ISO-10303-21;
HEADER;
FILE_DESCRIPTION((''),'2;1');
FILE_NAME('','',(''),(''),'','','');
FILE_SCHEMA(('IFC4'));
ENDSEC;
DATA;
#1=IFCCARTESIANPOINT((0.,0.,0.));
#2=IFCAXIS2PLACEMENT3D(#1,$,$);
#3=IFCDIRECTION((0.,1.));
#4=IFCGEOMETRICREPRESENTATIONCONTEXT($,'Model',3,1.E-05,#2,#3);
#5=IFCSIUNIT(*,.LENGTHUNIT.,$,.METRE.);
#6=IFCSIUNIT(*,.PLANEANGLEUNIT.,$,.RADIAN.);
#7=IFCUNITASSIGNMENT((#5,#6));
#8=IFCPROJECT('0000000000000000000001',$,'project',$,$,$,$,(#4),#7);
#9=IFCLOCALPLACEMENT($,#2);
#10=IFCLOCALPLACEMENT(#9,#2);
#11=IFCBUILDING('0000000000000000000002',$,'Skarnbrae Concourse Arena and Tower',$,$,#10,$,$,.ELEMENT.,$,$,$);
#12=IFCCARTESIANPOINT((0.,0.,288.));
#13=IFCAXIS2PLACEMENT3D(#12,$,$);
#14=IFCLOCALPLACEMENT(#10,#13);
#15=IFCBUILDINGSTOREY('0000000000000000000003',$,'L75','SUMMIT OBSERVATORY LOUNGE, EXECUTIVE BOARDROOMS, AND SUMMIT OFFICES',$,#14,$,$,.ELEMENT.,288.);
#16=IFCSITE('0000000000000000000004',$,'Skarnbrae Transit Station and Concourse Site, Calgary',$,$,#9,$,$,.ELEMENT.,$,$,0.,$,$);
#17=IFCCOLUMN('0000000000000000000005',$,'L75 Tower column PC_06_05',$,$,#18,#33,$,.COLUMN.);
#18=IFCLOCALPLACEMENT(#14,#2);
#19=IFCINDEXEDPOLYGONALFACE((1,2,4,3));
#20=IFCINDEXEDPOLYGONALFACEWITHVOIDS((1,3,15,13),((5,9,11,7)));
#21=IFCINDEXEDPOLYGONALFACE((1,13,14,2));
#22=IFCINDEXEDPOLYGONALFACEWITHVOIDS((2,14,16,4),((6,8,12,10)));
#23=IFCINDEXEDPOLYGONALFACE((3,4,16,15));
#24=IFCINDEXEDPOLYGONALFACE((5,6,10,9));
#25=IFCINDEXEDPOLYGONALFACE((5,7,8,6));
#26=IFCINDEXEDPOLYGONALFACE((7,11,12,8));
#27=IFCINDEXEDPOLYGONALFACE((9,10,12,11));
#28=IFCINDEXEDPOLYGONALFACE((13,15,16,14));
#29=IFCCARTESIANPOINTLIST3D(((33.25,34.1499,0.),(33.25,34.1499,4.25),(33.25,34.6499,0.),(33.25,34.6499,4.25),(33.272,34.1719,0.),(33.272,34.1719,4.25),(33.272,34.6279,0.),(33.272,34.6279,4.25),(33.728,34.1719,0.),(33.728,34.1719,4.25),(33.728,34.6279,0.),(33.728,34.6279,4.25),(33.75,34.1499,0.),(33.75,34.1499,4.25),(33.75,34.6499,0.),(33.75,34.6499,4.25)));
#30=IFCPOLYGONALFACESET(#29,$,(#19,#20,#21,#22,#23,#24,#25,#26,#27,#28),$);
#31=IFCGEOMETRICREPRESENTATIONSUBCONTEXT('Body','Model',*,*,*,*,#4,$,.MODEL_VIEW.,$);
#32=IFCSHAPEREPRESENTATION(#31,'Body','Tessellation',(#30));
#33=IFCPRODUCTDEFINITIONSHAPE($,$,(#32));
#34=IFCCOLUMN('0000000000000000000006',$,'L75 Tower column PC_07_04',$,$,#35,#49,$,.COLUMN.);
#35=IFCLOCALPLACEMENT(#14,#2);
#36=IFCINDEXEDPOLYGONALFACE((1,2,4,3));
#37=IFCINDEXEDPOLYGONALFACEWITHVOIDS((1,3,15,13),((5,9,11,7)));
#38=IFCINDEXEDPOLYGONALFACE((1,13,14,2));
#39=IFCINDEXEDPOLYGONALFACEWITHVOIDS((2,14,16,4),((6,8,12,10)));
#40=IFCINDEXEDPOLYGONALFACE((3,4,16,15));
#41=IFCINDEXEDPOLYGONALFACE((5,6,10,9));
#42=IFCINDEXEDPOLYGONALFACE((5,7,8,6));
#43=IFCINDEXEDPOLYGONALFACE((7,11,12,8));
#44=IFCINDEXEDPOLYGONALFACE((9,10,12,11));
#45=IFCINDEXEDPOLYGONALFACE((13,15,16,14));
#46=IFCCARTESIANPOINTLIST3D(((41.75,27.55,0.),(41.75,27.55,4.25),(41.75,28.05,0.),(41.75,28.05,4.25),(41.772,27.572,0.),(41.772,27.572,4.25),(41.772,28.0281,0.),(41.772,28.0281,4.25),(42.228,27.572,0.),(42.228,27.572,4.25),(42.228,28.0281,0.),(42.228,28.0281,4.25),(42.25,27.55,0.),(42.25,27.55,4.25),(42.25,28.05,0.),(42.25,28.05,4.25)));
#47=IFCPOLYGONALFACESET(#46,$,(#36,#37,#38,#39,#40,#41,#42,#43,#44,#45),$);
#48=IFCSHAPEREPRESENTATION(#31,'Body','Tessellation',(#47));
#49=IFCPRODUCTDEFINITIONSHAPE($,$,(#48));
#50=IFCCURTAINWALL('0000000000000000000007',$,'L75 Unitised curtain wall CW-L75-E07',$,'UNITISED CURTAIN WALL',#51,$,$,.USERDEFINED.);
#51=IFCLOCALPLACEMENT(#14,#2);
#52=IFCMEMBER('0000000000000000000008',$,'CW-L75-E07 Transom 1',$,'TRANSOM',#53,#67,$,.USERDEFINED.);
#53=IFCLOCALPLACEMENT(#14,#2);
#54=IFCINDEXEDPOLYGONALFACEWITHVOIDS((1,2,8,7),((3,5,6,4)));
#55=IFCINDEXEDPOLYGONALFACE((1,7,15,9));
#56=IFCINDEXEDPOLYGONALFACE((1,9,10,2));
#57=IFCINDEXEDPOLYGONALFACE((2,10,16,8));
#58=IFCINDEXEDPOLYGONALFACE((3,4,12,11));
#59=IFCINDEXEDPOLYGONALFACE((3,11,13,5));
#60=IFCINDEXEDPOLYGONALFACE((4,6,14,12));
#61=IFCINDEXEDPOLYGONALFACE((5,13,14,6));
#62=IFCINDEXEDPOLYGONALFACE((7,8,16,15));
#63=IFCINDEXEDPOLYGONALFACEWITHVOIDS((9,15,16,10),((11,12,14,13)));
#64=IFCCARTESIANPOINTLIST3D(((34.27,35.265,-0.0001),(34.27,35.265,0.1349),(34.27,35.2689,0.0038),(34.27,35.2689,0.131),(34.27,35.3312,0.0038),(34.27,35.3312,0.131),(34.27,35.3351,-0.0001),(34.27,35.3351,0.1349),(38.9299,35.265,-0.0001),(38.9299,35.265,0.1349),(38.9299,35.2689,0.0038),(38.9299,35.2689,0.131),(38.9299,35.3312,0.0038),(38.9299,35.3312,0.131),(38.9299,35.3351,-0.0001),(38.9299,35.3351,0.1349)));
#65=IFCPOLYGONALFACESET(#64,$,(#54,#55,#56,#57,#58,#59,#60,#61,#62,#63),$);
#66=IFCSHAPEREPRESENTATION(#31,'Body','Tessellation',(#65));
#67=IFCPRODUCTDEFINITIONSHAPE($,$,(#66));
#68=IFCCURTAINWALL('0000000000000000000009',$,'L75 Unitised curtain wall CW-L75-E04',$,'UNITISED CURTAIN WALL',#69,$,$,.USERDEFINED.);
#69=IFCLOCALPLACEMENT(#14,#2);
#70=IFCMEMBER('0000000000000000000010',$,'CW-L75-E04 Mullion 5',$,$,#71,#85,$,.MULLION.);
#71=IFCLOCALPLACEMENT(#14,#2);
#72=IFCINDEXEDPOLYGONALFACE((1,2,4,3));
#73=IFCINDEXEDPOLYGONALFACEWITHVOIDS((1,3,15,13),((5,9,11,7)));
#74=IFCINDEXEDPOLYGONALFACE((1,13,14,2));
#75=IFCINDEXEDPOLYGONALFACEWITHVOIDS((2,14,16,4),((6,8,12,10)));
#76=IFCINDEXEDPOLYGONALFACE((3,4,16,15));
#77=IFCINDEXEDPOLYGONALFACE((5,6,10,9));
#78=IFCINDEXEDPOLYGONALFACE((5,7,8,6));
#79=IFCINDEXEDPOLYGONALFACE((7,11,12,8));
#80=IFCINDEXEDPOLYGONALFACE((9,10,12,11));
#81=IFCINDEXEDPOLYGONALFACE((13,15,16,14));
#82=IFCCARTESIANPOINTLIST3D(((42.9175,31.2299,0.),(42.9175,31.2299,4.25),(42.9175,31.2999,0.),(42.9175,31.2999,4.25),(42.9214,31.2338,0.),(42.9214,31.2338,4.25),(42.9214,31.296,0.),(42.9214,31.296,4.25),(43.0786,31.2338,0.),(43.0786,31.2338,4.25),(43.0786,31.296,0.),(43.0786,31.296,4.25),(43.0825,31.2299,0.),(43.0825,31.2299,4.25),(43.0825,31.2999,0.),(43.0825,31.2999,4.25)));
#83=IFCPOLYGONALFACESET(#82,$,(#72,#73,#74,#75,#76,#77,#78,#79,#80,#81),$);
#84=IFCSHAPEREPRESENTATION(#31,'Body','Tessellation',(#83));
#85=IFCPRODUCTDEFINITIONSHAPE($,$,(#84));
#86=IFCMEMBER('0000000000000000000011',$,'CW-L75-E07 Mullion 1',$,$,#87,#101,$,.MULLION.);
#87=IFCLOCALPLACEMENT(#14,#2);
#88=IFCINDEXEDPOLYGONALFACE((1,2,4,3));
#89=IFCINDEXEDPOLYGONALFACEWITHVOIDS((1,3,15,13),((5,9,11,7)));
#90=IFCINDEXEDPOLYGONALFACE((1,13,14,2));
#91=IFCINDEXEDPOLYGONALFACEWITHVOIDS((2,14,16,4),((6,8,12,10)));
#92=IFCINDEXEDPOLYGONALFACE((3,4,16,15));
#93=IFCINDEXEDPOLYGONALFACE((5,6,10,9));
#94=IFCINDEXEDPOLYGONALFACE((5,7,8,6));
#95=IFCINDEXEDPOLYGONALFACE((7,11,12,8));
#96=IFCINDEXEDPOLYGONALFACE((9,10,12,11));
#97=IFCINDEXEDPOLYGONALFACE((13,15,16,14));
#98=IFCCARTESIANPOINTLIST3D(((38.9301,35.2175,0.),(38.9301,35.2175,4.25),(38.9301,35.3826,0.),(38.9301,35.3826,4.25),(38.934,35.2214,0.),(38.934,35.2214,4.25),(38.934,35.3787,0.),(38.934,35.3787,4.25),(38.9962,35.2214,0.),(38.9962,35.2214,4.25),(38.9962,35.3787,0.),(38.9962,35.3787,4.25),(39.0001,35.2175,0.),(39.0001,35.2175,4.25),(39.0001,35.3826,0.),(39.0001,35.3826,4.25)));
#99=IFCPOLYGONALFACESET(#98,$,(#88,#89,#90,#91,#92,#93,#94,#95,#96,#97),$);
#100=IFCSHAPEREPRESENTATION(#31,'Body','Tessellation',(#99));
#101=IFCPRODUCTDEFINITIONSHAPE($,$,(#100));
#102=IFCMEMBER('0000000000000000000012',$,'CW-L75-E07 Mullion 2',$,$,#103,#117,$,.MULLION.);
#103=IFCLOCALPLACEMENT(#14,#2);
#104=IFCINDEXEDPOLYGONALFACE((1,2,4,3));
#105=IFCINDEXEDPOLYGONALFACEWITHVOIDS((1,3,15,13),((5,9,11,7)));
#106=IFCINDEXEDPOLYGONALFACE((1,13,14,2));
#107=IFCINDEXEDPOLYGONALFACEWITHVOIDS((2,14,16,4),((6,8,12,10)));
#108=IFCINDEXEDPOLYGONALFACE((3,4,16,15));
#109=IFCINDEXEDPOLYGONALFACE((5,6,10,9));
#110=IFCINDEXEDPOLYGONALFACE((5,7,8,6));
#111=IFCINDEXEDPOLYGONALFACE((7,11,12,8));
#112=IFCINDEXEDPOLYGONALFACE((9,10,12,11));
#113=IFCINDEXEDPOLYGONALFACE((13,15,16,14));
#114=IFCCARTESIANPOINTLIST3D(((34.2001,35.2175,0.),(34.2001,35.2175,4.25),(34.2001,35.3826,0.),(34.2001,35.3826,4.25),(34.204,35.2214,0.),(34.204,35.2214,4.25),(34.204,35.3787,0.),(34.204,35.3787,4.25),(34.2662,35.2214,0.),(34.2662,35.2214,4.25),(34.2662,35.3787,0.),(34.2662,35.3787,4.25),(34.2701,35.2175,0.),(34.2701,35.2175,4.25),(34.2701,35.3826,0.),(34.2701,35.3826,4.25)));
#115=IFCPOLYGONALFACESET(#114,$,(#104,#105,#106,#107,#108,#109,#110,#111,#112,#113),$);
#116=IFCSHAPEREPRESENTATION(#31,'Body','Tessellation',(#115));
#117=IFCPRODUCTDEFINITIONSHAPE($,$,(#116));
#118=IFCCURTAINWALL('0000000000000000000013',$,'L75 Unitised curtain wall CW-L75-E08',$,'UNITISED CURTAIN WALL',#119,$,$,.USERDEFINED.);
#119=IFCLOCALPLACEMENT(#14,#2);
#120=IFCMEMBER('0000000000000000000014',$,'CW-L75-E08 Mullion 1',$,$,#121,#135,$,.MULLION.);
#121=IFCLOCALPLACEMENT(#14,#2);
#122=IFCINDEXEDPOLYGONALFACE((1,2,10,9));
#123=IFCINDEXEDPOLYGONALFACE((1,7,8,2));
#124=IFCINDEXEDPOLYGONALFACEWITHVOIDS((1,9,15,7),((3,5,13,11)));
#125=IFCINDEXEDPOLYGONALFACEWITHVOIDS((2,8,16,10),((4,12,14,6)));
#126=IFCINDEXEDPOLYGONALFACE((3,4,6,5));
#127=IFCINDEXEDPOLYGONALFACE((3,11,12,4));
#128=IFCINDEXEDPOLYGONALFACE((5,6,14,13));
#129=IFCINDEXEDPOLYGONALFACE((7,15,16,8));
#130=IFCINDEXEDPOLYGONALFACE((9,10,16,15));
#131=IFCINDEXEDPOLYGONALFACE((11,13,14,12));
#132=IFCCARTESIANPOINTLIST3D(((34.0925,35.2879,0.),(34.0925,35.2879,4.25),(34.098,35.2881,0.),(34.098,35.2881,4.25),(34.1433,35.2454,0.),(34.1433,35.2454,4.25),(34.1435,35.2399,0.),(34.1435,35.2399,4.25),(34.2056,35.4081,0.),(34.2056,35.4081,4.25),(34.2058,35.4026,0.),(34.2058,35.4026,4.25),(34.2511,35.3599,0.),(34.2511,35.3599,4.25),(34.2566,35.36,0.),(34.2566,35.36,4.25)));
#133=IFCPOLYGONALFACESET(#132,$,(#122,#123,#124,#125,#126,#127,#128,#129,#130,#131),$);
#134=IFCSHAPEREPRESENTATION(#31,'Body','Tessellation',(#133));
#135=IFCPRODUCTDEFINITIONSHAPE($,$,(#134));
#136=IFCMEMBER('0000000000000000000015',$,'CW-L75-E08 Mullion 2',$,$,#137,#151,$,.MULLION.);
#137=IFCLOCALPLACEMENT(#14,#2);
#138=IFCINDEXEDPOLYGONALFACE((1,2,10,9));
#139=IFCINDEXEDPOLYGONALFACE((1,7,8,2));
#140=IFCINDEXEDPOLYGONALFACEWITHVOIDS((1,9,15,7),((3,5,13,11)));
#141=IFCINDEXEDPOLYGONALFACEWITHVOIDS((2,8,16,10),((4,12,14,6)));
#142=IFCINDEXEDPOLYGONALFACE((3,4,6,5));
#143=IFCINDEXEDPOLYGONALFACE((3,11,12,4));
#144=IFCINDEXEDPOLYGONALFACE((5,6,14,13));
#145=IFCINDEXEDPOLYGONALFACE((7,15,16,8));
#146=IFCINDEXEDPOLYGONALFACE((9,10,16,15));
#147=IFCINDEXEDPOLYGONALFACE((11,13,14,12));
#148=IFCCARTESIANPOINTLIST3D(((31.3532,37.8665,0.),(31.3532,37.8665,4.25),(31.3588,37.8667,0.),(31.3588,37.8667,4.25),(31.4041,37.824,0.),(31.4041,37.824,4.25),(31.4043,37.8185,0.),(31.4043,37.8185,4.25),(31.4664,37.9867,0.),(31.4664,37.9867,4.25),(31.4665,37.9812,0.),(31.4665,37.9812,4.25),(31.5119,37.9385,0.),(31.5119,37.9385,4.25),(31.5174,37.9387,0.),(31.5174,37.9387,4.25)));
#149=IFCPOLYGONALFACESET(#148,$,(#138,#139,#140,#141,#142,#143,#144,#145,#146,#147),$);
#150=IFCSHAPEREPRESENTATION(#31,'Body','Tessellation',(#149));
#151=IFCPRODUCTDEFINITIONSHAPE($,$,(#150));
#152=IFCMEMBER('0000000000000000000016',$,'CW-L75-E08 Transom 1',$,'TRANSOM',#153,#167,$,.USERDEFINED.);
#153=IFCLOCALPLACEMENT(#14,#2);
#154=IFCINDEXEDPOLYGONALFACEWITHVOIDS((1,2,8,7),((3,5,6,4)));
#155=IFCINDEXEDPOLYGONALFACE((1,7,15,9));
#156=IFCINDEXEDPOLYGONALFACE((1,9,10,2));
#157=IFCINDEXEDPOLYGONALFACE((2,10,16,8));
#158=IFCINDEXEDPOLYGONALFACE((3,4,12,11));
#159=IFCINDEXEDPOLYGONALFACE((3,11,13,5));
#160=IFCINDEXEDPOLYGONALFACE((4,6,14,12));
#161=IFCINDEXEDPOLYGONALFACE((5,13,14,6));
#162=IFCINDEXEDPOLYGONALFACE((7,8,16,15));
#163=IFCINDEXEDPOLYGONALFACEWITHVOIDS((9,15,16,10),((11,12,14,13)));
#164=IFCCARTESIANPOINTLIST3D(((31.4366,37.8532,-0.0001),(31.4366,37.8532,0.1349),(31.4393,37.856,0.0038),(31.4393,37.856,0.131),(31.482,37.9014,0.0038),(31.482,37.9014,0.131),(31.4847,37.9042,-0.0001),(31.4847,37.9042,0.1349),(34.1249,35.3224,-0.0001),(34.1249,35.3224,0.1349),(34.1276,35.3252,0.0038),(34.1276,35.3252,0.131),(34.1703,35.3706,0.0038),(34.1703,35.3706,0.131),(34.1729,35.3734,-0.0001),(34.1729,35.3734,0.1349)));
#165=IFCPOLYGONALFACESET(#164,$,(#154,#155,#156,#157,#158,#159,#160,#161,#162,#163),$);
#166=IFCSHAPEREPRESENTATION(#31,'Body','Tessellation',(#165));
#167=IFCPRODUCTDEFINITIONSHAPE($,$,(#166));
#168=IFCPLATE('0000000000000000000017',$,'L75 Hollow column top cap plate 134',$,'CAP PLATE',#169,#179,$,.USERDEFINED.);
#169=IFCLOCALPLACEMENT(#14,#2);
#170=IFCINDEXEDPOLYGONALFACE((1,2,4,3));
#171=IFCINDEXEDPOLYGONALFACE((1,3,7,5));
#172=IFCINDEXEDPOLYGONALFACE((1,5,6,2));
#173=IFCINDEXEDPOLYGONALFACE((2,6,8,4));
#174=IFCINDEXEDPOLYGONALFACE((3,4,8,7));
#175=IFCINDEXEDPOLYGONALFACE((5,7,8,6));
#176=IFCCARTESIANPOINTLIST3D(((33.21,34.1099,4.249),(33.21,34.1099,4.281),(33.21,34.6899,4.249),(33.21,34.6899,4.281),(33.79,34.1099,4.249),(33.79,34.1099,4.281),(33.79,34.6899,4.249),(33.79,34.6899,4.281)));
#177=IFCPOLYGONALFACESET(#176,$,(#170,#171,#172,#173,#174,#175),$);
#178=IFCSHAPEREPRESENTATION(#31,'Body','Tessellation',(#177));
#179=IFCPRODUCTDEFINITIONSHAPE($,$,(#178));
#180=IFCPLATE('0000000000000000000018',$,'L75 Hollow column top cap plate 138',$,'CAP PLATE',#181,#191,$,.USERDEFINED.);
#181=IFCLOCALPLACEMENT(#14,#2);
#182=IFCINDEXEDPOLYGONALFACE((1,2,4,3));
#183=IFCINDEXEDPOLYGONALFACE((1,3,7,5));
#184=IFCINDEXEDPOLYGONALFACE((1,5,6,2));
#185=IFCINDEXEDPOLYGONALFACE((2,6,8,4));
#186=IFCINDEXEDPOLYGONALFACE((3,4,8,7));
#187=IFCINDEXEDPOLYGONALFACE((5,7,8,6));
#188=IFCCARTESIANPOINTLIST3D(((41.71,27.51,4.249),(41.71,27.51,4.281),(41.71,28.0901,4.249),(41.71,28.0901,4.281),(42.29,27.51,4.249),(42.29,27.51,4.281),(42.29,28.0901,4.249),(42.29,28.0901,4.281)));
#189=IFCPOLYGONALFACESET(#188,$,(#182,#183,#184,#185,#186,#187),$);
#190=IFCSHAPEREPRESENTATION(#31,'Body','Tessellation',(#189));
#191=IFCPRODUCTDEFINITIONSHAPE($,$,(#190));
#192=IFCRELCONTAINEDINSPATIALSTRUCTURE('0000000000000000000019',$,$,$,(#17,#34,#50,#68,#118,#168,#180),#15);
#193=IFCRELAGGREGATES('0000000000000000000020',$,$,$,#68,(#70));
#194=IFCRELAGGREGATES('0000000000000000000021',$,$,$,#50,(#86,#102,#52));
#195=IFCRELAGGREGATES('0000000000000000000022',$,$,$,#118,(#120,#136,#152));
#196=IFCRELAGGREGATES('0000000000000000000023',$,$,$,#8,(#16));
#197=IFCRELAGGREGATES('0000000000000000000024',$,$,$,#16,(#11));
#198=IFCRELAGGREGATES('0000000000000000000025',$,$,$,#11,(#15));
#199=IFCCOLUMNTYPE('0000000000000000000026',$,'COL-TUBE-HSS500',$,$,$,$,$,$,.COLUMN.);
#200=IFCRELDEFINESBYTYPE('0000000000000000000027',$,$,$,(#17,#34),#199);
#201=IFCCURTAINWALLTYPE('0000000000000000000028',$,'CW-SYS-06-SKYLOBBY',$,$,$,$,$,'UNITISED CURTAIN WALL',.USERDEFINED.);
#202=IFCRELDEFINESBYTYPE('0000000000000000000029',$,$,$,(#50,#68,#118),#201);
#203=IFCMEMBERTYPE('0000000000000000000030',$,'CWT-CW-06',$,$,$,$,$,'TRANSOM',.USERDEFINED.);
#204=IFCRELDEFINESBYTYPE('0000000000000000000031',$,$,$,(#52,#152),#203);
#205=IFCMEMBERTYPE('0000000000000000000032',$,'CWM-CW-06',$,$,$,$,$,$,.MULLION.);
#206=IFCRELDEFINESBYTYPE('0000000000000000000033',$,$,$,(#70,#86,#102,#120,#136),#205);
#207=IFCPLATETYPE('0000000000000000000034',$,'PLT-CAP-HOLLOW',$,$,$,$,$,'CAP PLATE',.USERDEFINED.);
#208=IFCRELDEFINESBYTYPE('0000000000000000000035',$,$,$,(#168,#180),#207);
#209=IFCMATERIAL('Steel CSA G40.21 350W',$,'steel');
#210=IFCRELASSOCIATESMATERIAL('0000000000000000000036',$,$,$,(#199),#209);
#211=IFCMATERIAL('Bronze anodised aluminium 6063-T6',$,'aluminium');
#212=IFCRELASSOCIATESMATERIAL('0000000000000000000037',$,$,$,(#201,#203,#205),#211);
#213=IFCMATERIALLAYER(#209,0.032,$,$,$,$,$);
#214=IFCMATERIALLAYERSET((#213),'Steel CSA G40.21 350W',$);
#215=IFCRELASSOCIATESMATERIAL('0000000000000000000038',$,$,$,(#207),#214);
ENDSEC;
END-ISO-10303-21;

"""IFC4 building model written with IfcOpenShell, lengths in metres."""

from ifc_helpers import new_model, si_unit, direction, frame, origin, origin_2d, place, context, subcontext, project, spatial, rectangle, hollow_rectangle, extrude, source, transform, mapped, material, layer, layer_set, material_profile, profile_set, type_object, element, aggregate, save


model = new_model("IFC4")

# Units and contexts
model_context = context("Model", 3, precision=1e-05, world=origin(), true_north=direction((0.0, 1.0)))
body_context = subcontext(model_context, "Body", "Model", "MODEL_VIEW")
ifc_project = project(units=[si_unit("LENGTHUNIT", "METRE"), si_unit("PLANEANGLEUNIT", "RADIAN")], contexts=[model_context])

# Site, building, storey
site_placement = place(None, origin())
site = spatial("IfcSite", under=ifc_project, at=site_placement, Name="Skarnbrae Transit Station and Concourse Site, Calgary", CompositionType="ELEMENT", RefElevation=0.0)
building_placement = place(site_placement, origin())
building = spatial("IfcBuilding", under=site, at=building_placement, Name="Skarnbrae Concourse Arena and Tower", CompositionType="ELEMENT")
storey_placement = place(building_placement, frame((0.0, 0.0, 288.0)))
storey = spatial("IfcBuildingStorey", under=building, at=storey_placement, Name="L75", Description="SUMMIT OBSERVATORY LOUNGE, EXECUTIVE BOARDROOMS, AND SUMMIT OFFICES", CompositionType="ELEMENT", Elevation=288.0)

# Columns
ifc_material_1 = material(Name="Steel CSA G40.21 350W", Category="steel")
ifc_material_profile_1 = material_profile(ifc_material_1, hollow_rectangle(XDim=0.5, YDim=0.5, WallThickness=0.022, at=origin_2d()), Name="HSS500X500X22.0")
ifc_profile_set_1 = profile_set([ifc_material_profile_1], Name="Steel CSA G40.21 350W")
column_type = type_object("IfcColumnType", Name="COL-TUBE-HSS500", PredefinedType="COLUMN", material=ifc_profile_set_1)
shared_shape_1 = source(origin(), body_context, "Body", "SweptSolid", [
    extrude(hollow_rectangle(XDim=0.5, YDim=0.5, WallThickness=0.022, at=origin_2d()), origin(), (0.0, 0.0, 1.0), 4.25),
])
for number, where, z_axis, x_axis, name in (
    (1, (33.5, 34.3999, 0.0), (0.0, 0.0, 1.0), (1.0, 0.0, 0.0), "L75 Tower column PC_06_05"),
    (2, (42.0, 27.8, 0.0), (0.0, 0.0, 1.0), (1.0, 0.0, 0.0), "L75 Tower column PC_07_04"),
):
    element("IfcColumn", number, at=place(storey_placement, frame(where, z_axis=z_axis, x_axis=x_axis)), inside=storey, type_object=column_type, Name=name, PredefinedType="COLUMN", context=body_context, shape_type="MappedRepresentation", body=[
        mapped(shared_shape_1, transform((0.0, 0.0, 0.0))),
    ])

# Curtain walls, members
ifc_material_2 = material(Name="Bronze anodised aluminium 6063-T6", Category="aluminium")
curtain_wall_type = type_object("IfcCurtainWallType", Name="CW-SYS-06-SKYLOBBY", ElementType="UNITISED CURTAIN WALL", PredefinedType="USERDEFINED", material=ifc_material_2)
curtain_wall_1_placement = place(storey_placement, origin())
curtain_wall_1 = element("IfcCurtainWall", 3, at=curtain_wall_1_placement, inside=storey, type_object=curtain_wall_type, Name="L75 Unitised curtain wall CW-L75-E07", ObjectType="UNITISED CURTAIN WALL", PredefinedType="USERDEFINED")
ifc_material_profile_2 = material_profile(ifc_material_2, hollow_rectangle(XDim=0.0701, YDim=0.135, WallThickness=0.0039, at=origin_2d()), Name="ALU-TRAN-70X135")
ifc_profile_set_2 = profile_set([ifc_material_profile_2], Name="Bronze anodised aluminium 6063-T6")
member_type_1 = type_object("IfcMemberType", Name="CWT-CW-06", ElementType="TRANSOM", PredefinedType="USERDEFINED", material=ifc_profile_set_2)
shared_shape_2 = source(origin(), body_context, "Body", "SweptSolid", [
    extrude(hollow_rectangle(XDim=0.0701, YDim=0.135, WallThickness=0.0039, at=origin_2d()), origin(), (0.0, 0.0, 1.0), 4.6599),
])
member_1_placement = place(storey_placement, frame((38.9299, 35.3, 0.0674), z_axis=(-1.0, 0.0, 0.0), x_axis=(0.0, -1.0, 0.0)))
member_1 = element("IfcMember", 4, at=member_1_placement, type_object=member_type_1, Name="CW-L75-E07 Transom 1", ObjectType="TRANSOM", PredefinedType="USERDEFINED", context=body_context, shape_type="MappedRepresentation", body=[
    mapped(shared_shape_2, transform((0.0, 0.0, 0.0))),
])
curtain_wall_2_placement = place(storey_placement, origin())
curtain_wall_2 = element("IfcCurtainWall", 5, at=curtain_wall_2_placement, inside=storey, type_object=curtain_wall_type, Name="L75 Unitised curtain wall CW-L75-E04", ObjectType="UNITISED CURTAIN WALL", PredefinedType="USERDEFINED")
ifc_material_profile_3 = material_profile(ifc_material_2, hollow_rectangle(XDim=0.0701, YDim=0.165, WallThickness=0.0039, at=origin_2d()), Name="ALU-MULL-70X165")
ifc_profile_set_3 = profile_set([ifc_material_profile_3], Name="Bronze anodised aluminium 6063-T6")
member_type_2 = type_object("IfcMemberType", Name="CWM-CW-06", PredefinedType="MULLION", material=ifc_profile_set_3)
shared_shape_3 = source(origin(), body_context, "Body", "SweptSolid", [
    extrude(hollow_rectangle(XDim=0.0701, YDim=0.165, WallThickness=0.0039, at=origin_2d()), origin(), (0.0, 0.0, 1.0), 4.25),
])
member_2_placement = place(storey_placement, frame((43.0, 31.2649, 0.0), z_axis=(0.0, 0.0, 1.0), x_axis=(0.0, 1.0, 0.0)))
member_2 = element("IfcMember", 6, at=member_2_placement, type_object=member_type_2, Name="CW-L75-E04 Mullion 5", PredefinedType="MULLION", context=body_context, shape_type="MappedRepresentation", body=[
    mapped(shared_shape_3, transform((0.0, 0.0, 0.0))),
])

# Members
member_3_placement = place(storey_placement, frame((38.9651, 35.3, 0.0), z_axis=(0.0, 0.0, 1.0), x_axis=(-1.0, 0.0, 0.0)))
member_3 = element("IfcMember", 7, at=member_3_placement, type_object=member_type_2, Name="CW-L75-E07 Mullion 1", PredefinedType="MULLION", context=body_context, shape_type="MappedRepresentation", body=[
    mapped(shared_shape_3, transform((0.0, 0.0, 0.0))),
])
member_4_placement = place(storey_placement, frame((34.2351, 35.3, 0.0), z_axis=(0.0, 0.0, 1.0), x_axis=(-1.0, 0.0, 0.0)))
member_4 = element("IfcMember", 8, at=member_4_placement, type_object=member_type_2, Name="CW-L75-E07 Mullion 2", PredefinedType="MULLION", context=body_context, shape_type="MappedRepresentation", body=[
    mapped(shared_shape_3, transform((0.0, 0.0, 0.0))),
])

# Curtain wall, members
curtain_wall_3_placement = place(storey_placement, origin())
curtain_wall_3 = element("IfcCurtainWall", 9, at=curtain_wall_3_placement, inside=storey, type_object=curtain_wall_type, Name="L75 Unitised curtain wall CW-L75-E08", ObjectType="UNITISED CURTAIN WALL", PredefinedType="USERDEFINED")
member_5_placement = place(storey_placement, frame((34.1746, 35.324, 0.0), z_axis=(0.0, 0.0, 1.0), x_axis=(-0.728131, 0.685438, 0.0)))
member_5 = element("IfcMember", 10, at=member_5_placement, type_object=member_type_2, Name="CW-L75-E08 Mullion 1", PredefinedType="MULLION", context=body_context, shape_type="MappedRepresentation", body=[
    mapped(shared_shape_3, transform((0.0, 0.0, 0.0))),
])
member_6_placement = place(storey_placement, frame((31.4353, 37.9026, 0.0), z_axis=(0.0, 0.0, 1.0), x_axis=(-0.728131, 0.685438, 0.0)))
member_6 = element("IfcMember", 11, at=member_6_placement, type_object=member_type_2, Name="CW-L75-E08 Mullion 2", PredefinedType="MULLION", context=body_context, shape_type="MappedRepresentation", body=[
    mapped(shared_shape_3, transform((0.0, 0.0, 0.0))),
])
shared_shape_4 = source(origin(), body_context, "Body", "SweptSolid", [
    extrude(hollow_rectangle(XDim=0.0701, YDim=0.135, WallThickness=0.0039, at=origin_2d()), origin(), (0.0, 0.0, 1.0), 3.6921),
])
member_7_placement = place(storey_placement, frame((34.1489, 35.3479, 0.0674), z_axis=(-0.728111, 0.68546, 0.0), x_axis=(-0.68546, -0.728111, 0.0)))
member_7 = element("IfcMember", 12, at=member_7_placement, type_object=member_type_1, Name="CW-L75-E08 Transom 1", ObjectType="TRANSOM", PredefinedType="USERDEFINED", context=body_context, shape_type="MappedRepresentation", body=[
    mapped(shared_shape_4, transform((0.0, 0.0, 0.0))),
])

# Plates
ifc_layer_1 = layer(ifc_material_1, 0.032)
ifc_layer_set_1 = layer_set([ifc_layer_1], Name="Steel CSA G40.21 350W")
plate_type_1 = type_object("IfcPlateType", Name="PLT-CAP-HOLLOW", ElementType="CAP PLATE", PredefinedType="USERDEFINED", material=ifc_layer_set_1)
shared_shape_5 = source(origin(), body_context, "Body", "SweptSolid", [
    extrude(rectangle(XDim=0.5801, YDim=0.5801, at=origin_2d()), origin(), (0.0, 0.0, 1.0), 0.032),
])
for number, where, z_axis, x_axis, name in (
    (13, (33.5, 34.3999, 4.249), (0.0, 0.0, 1.0), (1.0, 0.0, 0.0), "L75 Hollow column top cap plate 134"),
    (14, (42.0, 27.8, 4.249), (0.0, 0.0, 1.0), (1.0, 0.0, 0.0), "L75 Hollow column top cap plate 138"),
):
    element("IfcPlate", number, at=place(storey_placement, frame(where, z_axis=z_axis, x_axis=x_axis)), inside=storey, type_object=plate_type_1, Name=name, ObjectType="CAP PLATE", PredefinedType="USERDEFINED", context=body_context, shape_type="MappedRepresentation", body=[
        mapped(shared_shape_5, transform((0.0, 0.0, 0.0))),
    ])

aggregate(curtain_wall_2, [member_2])
aggregate(curtain_wall_1, [member_3, member_4, member_1])
aggregate(curtain_wall_3, [member_5, member_6, member_7])

save(model, "model.ifc")
